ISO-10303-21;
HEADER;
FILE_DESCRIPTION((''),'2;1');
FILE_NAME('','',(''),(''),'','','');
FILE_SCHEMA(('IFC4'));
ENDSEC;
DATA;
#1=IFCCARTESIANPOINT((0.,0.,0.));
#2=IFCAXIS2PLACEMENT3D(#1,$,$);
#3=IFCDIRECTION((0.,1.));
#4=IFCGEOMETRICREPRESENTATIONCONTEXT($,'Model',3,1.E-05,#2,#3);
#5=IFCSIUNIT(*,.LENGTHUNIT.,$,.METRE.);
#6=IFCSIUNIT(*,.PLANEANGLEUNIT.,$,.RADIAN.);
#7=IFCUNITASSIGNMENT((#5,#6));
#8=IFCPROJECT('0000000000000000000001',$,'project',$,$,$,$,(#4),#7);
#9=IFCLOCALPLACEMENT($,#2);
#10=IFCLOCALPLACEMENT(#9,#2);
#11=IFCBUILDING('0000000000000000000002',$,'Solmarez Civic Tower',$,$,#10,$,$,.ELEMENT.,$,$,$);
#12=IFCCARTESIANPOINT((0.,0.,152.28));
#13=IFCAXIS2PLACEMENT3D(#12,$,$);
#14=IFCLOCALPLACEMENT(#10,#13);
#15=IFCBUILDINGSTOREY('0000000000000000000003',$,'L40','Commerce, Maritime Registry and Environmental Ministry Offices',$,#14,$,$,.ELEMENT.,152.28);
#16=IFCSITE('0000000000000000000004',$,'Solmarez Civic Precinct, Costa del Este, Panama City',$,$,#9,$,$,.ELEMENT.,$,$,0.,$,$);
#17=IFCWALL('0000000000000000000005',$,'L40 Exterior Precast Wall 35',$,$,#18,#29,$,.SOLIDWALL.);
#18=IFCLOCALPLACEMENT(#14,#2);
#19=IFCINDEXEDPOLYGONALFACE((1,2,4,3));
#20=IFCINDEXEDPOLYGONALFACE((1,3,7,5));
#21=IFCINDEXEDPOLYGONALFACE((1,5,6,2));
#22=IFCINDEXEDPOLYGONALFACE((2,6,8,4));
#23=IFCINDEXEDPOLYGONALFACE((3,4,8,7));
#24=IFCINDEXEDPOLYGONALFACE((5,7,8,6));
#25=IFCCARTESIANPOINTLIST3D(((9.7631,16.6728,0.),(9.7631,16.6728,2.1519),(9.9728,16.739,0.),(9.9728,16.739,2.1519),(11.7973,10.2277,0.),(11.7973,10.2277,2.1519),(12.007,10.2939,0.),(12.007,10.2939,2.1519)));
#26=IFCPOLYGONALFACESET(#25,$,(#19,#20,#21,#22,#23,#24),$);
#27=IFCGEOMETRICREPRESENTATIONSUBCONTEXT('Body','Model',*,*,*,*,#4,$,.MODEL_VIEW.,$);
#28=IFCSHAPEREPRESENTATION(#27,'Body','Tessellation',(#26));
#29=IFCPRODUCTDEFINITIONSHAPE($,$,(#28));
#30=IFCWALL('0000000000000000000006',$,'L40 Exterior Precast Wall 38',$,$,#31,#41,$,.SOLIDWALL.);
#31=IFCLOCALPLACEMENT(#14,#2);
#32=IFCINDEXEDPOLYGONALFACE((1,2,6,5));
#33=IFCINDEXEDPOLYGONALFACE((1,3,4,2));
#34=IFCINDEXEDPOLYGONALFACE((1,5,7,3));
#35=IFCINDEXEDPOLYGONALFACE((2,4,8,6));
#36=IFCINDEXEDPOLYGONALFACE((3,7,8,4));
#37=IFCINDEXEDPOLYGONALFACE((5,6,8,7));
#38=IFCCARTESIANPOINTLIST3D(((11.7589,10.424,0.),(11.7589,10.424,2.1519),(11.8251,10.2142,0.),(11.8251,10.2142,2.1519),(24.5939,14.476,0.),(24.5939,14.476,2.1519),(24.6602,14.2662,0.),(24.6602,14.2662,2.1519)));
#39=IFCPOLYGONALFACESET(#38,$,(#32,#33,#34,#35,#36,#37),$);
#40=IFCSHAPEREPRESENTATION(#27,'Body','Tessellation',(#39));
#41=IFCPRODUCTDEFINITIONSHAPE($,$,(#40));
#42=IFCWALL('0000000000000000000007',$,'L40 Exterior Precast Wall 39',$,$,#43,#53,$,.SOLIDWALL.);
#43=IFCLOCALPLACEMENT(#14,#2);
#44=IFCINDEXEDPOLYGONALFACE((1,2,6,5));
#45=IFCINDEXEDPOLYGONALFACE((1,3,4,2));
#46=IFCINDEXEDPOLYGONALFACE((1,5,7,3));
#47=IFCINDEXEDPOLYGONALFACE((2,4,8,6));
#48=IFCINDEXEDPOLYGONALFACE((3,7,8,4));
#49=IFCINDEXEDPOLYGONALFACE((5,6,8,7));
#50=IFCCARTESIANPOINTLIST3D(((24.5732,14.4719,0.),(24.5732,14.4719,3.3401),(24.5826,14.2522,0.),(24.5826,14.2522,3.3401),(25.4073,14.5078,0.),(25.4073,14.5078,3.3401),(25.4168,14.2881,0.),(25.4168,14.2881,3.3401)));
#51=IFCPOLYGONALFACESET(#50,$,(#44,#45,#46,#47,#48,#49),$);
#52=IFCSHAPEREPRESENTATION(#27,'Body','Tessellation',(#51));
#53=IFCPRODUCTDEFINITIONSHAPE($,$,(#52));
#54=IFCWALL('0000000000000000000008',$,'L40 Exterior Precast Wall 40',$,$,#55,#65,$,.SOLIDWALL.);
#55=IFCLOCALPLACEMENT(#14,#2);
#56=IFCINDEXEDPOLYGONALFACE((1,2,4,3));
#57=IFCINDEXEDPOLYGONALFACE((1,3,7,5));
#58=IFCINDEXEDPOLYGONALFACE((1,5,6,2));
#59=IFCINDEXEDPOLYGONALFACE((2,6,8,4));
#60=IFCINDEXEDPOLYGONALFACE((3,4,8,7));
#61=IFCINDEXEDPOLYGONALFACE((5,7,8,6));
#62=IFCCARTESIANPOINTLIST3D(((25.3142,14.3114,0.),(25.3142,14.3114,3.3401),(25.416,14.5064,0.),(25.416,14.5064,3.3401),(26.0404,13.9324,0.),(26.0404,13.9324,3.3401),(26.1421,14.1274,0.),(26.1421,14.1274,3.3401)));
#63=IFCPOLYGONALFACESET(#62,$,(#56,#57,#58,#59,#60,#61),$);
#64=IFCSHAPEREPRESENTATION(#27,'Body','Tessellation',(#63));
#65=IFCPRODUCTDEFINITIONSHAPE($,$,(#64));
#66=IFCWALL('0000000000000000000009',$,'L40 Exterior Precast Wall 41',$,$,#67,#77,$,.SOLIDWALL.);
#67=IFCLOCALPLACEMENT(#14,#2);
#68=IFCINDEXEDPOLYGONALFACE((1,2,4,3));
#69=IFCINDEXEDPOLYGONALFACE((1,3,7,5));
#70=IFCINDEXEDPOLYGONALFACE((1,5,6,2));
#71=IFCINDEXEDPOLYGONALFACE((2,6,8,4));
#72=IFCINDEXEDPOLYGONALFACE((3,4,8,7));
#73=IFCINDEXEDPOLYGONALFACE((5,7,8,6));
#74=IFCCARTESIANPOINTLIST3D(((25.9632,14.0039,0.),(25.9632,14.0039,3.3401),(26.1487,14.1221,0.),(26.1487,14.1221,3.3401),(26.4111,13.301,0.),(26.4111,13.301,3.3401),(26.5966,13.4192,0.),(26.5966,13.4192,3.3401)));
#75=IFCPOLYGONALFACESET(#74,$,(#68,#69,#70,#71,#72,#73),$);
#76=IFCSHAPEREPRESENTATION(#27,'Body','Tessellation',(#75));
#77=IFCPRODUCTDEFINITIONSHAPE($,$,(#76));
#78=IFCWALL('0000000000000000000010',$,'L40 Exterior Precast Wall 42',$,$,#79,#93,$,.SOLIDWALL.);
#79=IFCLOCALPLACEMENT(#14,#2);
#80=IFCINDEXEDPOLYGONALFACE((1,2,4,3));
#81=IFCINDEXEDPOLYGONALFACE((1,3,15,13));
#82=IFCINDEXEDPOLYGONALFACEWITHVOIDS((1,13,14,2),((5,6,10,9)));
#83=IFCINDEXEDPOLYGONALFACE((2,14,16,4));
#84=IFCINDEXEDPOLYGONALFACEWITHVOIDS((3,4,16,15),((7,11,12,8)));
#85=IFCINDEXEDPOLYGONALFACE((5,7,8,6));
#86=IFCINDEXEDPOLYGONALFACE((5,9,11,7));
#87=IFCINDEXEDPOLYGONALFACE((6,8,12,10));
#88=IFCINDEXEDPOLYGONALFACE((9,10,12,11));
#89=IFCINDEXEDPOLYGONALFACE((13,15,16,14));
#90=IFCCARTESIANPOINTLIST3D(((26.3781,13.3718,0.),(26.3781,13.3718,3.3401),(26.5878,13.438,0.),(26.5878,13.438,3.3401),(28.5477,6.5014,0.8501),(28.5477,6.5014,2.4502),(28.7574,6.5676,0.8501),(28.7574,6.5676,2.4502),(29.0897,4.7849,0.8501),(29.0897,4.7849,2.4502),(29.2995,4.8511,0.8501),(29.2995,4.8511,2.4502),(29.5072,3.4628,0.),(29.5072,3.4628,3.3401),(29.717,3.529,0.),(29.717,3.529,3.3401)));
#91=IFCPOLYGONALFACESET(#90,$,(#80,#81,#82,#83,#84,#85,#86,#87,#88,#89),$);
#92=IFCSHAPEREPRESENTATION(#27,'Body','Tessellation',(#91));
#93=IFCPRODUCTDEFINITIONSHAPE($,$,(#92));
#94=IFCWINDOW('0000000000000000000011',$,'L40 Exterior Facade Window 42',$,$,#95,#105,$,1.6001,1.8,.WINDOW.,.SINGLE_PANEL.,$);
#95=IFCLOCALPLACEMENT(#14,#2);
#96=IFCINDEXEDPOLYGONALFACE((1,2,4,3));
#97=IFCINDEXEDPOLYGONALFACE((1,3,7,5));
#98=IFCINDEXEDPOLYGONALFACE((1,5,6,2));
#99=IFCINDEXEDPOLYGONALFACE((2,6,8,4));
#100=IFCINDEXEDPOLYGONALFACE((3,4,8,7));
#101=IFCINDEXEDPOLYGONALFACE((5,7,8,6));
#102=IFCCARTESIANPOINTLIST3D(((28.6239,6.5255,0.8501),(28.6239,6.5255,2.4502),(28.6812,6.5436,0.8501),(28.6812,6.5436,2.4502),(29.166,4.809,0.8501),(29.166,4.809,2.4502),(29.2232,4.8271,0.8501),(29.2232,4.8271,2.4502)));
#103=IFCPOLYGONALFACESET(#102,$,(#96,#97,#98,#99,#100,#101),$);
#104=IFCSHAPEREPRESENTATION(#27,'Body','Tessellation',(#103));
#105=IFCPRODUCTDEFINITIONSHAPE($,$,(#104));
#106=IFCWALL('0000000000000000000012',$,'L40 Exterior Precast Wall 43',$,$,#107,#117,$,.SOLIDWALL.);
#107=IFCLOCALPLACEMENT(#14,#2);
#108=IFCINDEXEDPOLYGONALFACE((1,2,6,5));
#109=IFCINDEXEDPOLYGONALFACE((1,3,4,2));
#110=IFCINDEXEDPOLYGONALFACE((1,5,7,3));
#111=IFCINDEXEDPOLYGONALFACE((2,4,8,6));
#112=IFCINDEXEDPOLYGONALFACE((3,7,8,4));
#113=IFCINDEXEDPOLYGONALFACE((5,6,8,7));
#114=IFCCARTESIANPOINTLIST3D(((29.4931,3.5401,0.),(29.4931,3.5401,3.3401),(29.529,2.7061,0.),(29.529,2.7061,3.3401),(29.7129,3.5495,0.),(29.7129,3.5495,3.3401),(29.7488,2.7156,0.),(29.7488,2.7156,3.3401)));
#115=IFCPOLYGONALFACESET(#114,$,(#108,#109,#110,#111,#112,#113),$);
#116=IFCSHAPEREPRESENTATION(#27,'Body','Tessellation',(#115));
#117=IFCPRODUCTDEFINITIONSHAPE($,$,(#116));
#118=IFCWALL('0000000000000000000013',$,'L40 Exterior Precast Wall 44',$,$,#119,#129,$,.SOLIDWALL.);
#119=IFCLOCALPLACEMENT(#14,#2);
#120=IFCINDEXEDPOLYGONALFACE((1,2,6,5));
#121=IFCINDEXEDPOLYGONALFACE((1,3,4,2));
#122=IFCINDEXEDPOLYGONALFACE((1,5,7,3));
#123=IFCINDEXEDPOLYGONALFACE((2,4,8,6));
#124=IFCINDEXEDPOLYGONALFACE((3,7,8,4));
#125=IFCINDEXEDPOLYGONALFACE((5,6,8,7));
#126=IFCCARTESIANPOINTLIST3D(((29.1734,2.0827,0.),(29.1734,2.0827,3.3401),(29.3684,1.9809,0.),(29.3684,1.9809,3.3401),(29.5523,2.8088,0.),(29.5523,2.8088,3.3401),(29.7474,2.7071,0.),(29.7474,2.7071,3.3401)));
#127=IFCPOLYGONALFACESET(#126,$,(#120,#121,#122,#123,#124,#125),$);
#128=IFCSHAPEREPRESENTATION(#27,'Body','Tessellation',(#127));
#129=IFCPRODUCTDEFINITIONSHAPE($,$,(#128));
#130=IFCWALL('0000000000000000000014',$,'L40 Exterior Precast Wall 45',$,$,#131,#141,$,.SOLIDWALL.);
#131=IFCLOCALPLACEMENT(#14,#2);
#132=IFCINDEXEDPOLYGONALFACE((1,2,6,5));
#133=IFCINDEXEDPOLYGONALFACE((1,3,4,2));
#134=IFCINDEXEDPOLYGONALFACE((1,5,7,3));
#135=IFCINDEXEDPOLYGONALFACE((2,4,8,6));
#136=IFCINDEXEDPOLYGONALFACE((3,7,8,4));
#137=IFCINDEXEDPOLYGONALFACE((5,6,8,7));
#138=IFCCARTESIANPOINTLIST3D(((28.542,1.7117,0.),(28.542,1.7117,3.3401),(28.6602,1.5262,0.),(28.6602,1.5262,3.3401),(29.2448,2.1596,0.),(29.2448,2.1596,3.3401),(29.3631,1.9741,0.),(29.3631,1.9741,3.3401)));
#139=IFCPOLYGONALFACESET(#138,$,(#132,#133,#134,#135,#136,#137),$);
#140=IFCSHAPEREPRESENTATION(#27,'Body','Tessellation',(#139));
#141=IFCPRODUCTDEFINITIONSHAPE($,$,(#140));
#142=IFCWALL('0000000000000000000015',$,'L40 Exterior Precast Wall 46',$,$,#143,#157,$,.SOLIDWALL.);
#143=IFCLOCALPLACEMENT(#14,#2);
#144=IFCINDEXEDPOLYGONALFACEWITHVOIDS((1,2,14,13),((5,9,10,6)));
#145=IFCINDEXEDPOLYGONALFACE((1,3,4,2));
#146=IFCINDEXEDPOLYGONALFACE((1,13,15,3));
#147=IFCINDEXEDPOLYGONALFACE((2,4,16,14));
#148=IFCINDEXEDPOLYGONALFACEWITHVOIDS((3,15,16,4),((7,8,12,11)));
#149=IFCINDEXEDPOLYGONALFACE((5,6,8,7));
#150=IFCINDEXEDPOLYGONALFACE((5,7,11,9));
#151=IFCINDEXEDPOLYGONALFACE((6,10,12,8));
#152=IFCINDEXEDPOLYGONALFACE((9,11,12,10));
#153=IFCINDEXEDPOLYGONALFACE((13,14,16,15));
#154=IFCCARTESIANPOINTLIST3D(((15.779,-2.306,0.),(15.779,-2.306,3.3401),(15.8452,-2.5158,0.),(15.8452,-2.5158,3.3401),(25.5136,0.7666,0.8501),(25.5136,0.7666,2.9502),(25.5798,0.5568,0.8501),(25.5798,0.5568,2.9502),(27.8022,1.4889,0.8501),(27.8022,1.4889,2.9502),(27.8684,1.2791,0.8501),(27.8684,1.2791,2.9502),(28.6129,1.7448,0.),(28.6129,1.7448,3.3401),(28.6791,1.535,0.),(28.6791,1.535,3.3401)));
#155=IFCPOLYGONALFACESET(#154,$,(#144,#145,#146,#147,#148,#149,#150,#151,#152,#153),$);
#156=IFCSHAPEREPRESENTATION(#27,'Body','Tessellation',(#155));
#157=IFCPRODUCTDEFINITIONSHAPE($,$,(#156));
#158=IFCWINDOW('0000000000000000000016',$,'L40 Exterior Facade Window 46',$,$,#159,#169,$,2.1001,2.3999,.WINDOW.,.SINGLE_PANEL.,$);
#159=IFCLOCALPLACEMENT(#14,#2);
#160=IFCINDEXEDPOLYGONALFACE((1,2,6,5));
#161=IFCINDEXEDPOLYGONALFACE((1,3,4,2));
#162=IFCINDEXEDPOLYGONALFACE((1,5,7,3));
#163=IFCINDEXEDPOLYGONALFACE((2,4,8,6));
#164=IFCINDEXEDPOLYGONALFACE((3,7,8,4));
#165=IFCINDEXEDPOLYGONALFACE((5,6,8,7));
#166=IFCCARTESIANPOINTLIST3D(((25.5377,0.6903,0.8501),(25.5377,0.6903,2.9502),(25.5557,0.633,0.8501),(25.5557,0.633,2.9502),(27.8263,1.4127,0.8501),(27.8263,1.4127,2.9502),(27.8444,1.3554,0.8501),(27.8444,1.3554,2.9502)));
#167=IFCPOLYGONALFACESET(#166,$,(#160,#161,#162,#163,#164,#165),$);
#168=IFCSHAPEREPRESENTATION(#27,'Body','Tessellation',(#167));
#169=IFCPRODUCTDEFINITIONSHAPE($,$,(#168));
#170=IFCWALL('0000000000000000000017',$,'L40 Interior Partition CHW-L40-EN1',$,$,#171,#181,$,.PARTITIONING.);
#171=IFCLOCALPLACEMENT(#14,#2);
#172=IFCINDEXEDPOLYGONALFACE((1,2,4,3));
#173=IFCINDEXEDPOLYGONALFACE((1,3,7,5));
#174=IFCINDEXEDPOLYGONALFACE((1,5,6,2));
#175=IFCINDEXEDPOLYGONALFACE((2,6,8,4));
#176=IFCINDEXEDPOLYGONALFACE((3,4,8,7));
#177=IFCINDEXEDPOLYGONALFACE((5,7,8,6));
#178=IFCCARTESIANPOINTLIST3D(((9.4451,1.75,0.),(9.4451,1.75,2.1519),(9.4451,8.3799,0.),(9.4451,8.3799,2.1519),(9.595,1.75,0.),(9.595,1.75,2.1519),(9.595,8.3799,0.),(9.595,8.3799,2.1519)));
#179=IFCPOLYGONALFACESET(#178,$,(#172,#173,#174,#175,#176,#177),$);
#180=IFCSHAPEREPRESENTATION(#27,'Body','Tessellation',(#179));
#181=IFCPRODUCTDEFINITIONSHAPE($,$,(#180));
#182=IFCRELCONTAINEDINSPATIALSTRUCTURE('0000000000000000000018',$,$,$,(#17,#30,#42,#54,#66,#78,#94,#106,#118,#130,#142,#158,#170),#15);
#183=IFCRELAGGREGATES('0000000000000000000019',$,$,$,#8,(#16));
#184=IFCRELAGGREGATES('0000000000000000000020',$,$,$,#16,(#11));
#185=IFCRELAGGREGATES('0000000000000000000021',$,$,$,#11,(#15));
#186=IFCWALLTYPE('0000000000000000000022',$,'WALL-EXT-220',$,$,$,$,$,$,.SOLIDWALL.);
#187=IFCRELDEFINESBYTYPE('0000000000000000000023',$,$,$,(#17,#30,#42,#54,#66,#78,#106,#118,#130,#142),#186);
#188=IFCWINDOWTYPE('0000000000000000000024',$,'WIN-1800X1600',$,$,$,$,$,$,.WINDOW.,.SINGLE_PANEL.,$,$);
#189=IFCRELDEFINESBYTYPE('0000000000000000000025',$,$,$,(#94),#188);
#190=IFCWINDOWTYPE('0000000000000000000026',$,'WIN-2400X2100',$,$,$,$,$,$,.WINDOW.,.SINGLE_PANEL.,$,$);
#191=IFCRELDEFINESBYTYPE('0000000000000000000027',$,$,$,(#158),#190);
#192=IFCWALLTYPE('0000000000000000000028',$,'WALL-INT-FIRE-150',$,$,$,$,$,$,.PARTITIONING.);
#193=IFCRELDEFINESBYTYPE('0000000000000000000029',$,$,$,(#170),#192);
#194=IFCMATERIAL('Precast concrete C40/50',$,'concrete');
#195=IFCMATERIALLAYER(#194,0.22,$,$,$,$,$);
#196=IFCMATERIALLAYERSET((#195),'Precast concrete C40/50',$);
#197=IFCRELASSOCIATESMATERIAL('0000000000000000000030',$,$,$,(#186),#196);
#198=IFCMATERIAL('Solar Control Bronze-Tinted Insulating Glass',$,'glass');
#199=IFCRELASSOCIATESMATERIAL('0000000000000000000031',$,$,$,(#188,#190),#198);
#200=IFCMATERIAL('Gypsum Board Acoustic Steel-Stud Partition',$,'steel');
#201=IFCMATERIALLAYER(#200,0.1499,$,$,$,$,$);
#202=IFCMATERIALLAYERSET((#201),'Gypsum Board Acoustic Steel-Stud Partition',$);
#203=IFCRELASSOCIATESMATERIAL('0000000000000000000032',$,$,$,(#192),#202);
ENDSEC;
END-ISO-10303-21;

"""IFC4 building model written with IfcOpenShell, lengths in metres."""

from ifc_helpers import new_model, si_unit, direction, frame, frame_2d, origin, place, context, subcontext, project, spatial, rectangle, extrude, material, layer, layer_set, type_object, element, fill, save


model = new_model("IFC4")

# Units and contexts
model_context = context("Model", 3, precision=1e-05, world=origin(), true_north=direction((0.0, 1.0)))
body_context = subcontext(model_context, "Body", "Model", "MODEL_VIEW")
ifc_project = project(units=[si_unit("LENGTHUNIT", "METRE"), si_unit("PLANEANGLEUNIT", "RADIAN")], contexts=[model_context])

# Site, building, storey
site_placement = place(None, origin())
site = spatial("IfcSite", under=ifc_project, at=site_placement, Name="Solmarez Civic Precinct, Costa del Este, Panama City", CompositionType="ELEMENT", RefElevation=0.0)
building_placement = place(site_placement, origin())
building = spatial("IfcBuilding", under=site, at=building_placement, Name="Solmarez Civic Tower", CompositionType="ELEMENT")
storey_placement = place(building_placement, frame((0.0, 0.0, 152.28)))
storey = spatial("IfcBuildingStorey", under=building, at=storey_placement, Name="L40", Description="Commerce, Maritime Registry and Environmental Ministry Offices", CompositionType="ELEMENT", Elevation=152.28)

# Walls
ifc_material_1 = material(Name="Precast concrete C40/50", Category="concrete")
ifc_layer_1 = layer(ifc_material_1, 0.22)
ifc_layer_set_1 = layer_set([ifc_layer_1], Name="Precast concrete C40/50")
wall_type_1 = type_object("IfcWallType", Name="WALL-EXT-220", PredefinedType="SOLIDWALL", material=ifc_layer_set_1)
wall_1_placement = place(storey_placement, frame((9.8679, 16.7061, 0.0), z_axis=(0.0, 0.0, 1.0), x_axis=(0.300983, -0.95363, 0.0)))
element("IfcWall", 1, at=wall_1_placement, inside=storey, type_object=wall_type_1, Name="L40 Exterior Precast Wall 35", PredefinedType="SOLIDWALL", context=body_context, shape_type="SweptSolid", body=[
    extrude(rectangle(XDim=6.7585, YDim=0.22, at=frame_2d((3.3794, 0.0))), origin(), (0.0, 0.0, 1.0), 2.1519),
])
wall_2_placement = place(storey_placement, frame((11.792, 10.3191, 0.0), z_axis=(0.0, 0.0, 1.0), x_axis=(0.953607, 0.301054, 0.0)))
element("IfcWall", 2, at=wall_2_placement, inside=storey, type_object=wall_type_1, Name="L40 Exterior Precast Wall 38", PredefinedType="SOLIDWALL", context=body_context, shape_type="SweptSolid", body=[
    extrude(rectangle(XDim=13.4595, YDim=0.22, at=frame_2d((6.7297, 0.0))), origin(), (0.0, 0.0, 1.0), 2.1519),
])
wall_3_placement = place(storey_placement, frame((24.5779, 14.3621, 0.0), z_axis=(0.0, 0.0, 1.0), x_axis=(0.999076, 0.04298, 0.0)))
element("IfcWall", 3, at=wall_3_placement, inside=storey, type_object=wall_type_1, Name="L40 Exterior Precast Wall 39", PredefinedType="SOLIDWALL", context=body_context, shape_type="SweptSolid", body=[
    extrude(rectangle(XDim=0.835, YDim=0.22, at=frame_2d((0.4175, 0.0))), origin(), (0.0, 0.0, 1.0), 3.3401),
])
wall_4_placement = place(storey_placement, frame((25.365, 14.4089, 0.0), z_axis=(0.0, 0.0, 1.0), x_axis=(0.886542, -0.462648, 0.0)))
element("IfcWall", 4, at=wall_4_placement, inside=storey, type_object=wall_type_1, Name="L40 Exterior Precast Wall 40", PredefinedType="SOLIDWALL", context=body_context, shape_type="SweptSolid", body=[
    extrude(rectangle(XDim=0.8191, YDim=0.22, at=frame_2d((0.4097, 0.0))), origin(), (0.0, 0.0, 1.0), 3.3401),
])
wall_5_placement = place(storey_placement, frame((26.0559, 14.063, 0.0), z_axis=(0.0, 0.0, 1.0), x_axis=(0.537482, -0.843275, 0.0)))
element("IfcWall", 5, at=wall_5_placement, inside=storey, type_object=wall_type_1, Name="L40 Exterior Precast Wall 41", PredefinedType="SOLIDWALL", context=body_context, shape_type="SweptSolid", body=[
    extrude(rectangle(XDim=0.8335, YDim=0.22, at=frame_2d((0.4167, 0.0))), origin(), (0.0, 0.0, 1.0), 3.3401),
])

# Wall, opening, window
wall_6_placement = place(storey_placement, frame((26.4829, 13.405, 0.0), z_axis=(0.0, 0.0, 1.0), x_axis=(0.301132, -0.953582, 0.0)))
wall_6 = element("IfcWall", 6, at=wall_6_placement, inside=storey, type_object=wall_type_1, Name="L40 Exterior Precast Wall 42", PredefinedType="SOLIDWALL", context=body_context, shape_type="SweptSolid", body=[
    extrude(rectangle(XDim=10.3914, YDim=0.22, at=frame_2d((5.1958, 0.0))), origin(), (0.0, 0.0, 1.0), 3.3401),
])
opening_1_placement = place(wall_6_placement, frame((7.2051, 0.0, 0.8501)))
opening_1 = element("IfcOpeningElement", 7, at=opening_1_placement, cuts=wall_6, PredefinedType="OPENING", context=body_context, shape_type="SweptSolid", body=[
    extrude(rectangle(XDim=1.8, YDim=1.6001, at=frame_2d((0.8999, 0.8))), frame((0.0, 0.1199, 0.0), z_axis=(0.0, -1.0, 0.0), x_axis=(1.0, 0.0, 0.0)), (0.0, 0.0, 1.0), 0.24),
])
ifc_material_2 = material(Name="Solar Control Bronze-Tinted Insulating Glass", Category="glass")
window_type_1 = type_object("IfcWindowType", Name="WIN-1800X1600", PartitioningType="SINGLE_PANEL", PredefinedType="WINDOW", material=ifc_material_2)
window_1_placement = place(opening_1_placement, origin())
window_1 = element("IfcWindow", 8, at=window_1_placement, inside=storey, type_object=window_type_1, Name="L40 Exterior Facade Window 42", OverallHeight=1.6001, OverallWidth=1.8, PartitioningType="SINGLE_PANEL", PredefinedType="WINDOW", context=body_context, shape_type="SweptSolid", body=[
    extrude(rectangle(XDim=1.8, YDim=1.6001, at=frame_2d((0.8999, 0.8))), frame((0.0, 0.03, 0.0), z_axis=(0.0, -1.0, 0.0), x_axis=(1.0, 0.0, 0.0)), (0.0, 0.0, 1.0), 0.0601),
])
fill(opening_1, window_1)

# Walls
wall_7_placement = place(storey_placement, frame((29.603, 3.5449, 0.0), z_axis=(0.0, 0.0, 1.0), x_axis=(0.042993, -0.999075, 0.0)))
element("IfcWall", 9, at=wall_7_placement, inside=storey, type_object=wall_type_1, Name="L40 Exterior Precast Wall 43", PredefinedType="SOLIDWALL", context=body_context, shape_type="SweptSolid", body=[
    extrude(rectangle(XDim=0.8347, YDim=0.22, at=frame_2d((0.4175, 0.0))), origin(), (0.0, 0.0, 1.0), 3.3401),
])
wall_8_placement = place(storey_placement, frame((29.6499, 2.7581, 0.0), z_axis=(0.0, 0.0, 1.0), x_axis=(-0.462648, -0.886542, 0.0)))
element("IfcWall", 10, at=wall_8_placement, inside=storey, type_object=wall_type_1, Name="L40 Exterior Precast Wall 44", PredefinedType="SOLIDWALL", context=body_context, shape_type="SweptSolid", body=[
    extrude(rectangle(XDim=0.8191, YDim=0.22, at=frame_2d((0.4097, 0.0))), origin(), (0.0, 0.0, 1.0), 3.3401),
])
wall_9_placement = place(storey_placement, frame((29.304, 2.0669, 0.0), z_axis=(0.0, 0.0, 1.0), x_axis=(-0.843275, -0.537482, 0.0)))
element("IfcWall", 11, at=wall_9_placement, inside=storey, type_object=wall_type_1, Name="L40 Exterior Precast Wall 45", PredefinedType="SOLIDWALL", context=body_context, shape_type="SweptSolid", body=[
    extrude(rectangle(XDim=0.8335, YDim=0.22, at=frame_2d((0.4167, 0.0))), origin(), (0.0, 0.0, 1.0), 3.3401),
])

# Wall, opening, window
wall_10_placement = place(storey_placement, frame((28.646, 1.6399, 0.0), z_axis=(0.0, 0.0, 1.0), x_axis=(-0.953627, -0.300992, 0.0)))
wall_10 = element("IfcWall", 12, at=wall_10_placement, inside=storey, type_object=wall_type_1, Name="L40 Exterior Precast Wall 46", PredefinedType="SOLIDWALL", context=body_context, shape_type="SweptSolid", body=[
    extrude(rectangle(XDim=13.458, YDim=0.22, at=frame_2d((6.729, 0.0))), origin(), (0.0, 0.0, 1.0), 3.3401),
])
opening_2_placement = place(wall_10_placement, frame((0.8501, 0.0, 0.8501)))
opening_2 = element("IfcOpeningElement", 13, at=opening_2_placement, cuts=wall_10, PredefinedType="OPENING", context=body_context, shape_type="SweptSolid", body=[
    extrude(rectangle(XDim=2.3999, YDim=2.1001, at=frame_2d((1.2, 1.05))), frame((0.0, 0.1199, 0.0), z_axis=(0.0, -1.0, 0.0), x_axis=(1.0, 0.0, 0.0)), (0.0, 0.0, 1.0), 0.24),
])
window_type_2 = type_object("IfcWindowType", Name="WIN-2400X2100", PartitioningType="SINGLE_PANEL", PredefinedType="WINDOW", material=ifc_material_2)
window_2_placement = place(opening_2_placement, origin())
window_2 = element("IfcWindow", 14, at=window_2_placement, inside=storey, type_object=window_type_2, Name="L40 Exterior Facade Window 46", OverallHeight=2.1001, OverallWidth=2.3999, PartitioningType="SINGLE_PANEL", PredefinedType="WINDOW", context=body_context, shape_type="SweptSolid", body=[
    extrude(rectangle(XDim=2.3999, YDim=2.1001, at=frame_2d((1.2, 1.05))), frame((0.0, 0.03, 0.0), z_axis=(0.0, -1.0, 0.0), x_axis=(1.0, 0.0, 0.0)), (0.0, 0.0, 1.0), 0.0601),
])
fill(opening_2, window_2)

# Wall
ifc_material_3 = material(Name="Gypsum Board Acoustic Steel-Stud Partition", Category="steel")
ifc_layer_2 = layer(ifc_material_3, 0.1499)
ifc_layer_set_2 = layer_set([ifc_layer_2], Name="Gypsum Board Acoustic Steel-Stud Partition")
wall_type_2 = type_object("IfcWallType", Name="WALL-INT-FIRE-150", PredefinedType="PARTITIONING", material=ifc_layer_set_2)
wall_11_placement = place(storey_placement, frame((9.52, 1.75, 0.0), z_axis=(0.0, 0.0, 1.0), x_axis=(0.0, 1.0, 0.0)))
element("IfcWall", 15, at=wall_11_placement, inside=storey, type_object=wall_type_2, Name="L40 Interior Partition CHW-L40-EN1", PredefinedType="PARTITIONING", context=body_context, shape_type="SweptSolid", body=[
    extrude(rectangle(XDim=6.6299, YDim=0.1499, at=frame_2d((3.3149, 0.0))), origin(), (0.0, 0.0, 1.0), 2.1519),
])

save(model, "model.ifc")
